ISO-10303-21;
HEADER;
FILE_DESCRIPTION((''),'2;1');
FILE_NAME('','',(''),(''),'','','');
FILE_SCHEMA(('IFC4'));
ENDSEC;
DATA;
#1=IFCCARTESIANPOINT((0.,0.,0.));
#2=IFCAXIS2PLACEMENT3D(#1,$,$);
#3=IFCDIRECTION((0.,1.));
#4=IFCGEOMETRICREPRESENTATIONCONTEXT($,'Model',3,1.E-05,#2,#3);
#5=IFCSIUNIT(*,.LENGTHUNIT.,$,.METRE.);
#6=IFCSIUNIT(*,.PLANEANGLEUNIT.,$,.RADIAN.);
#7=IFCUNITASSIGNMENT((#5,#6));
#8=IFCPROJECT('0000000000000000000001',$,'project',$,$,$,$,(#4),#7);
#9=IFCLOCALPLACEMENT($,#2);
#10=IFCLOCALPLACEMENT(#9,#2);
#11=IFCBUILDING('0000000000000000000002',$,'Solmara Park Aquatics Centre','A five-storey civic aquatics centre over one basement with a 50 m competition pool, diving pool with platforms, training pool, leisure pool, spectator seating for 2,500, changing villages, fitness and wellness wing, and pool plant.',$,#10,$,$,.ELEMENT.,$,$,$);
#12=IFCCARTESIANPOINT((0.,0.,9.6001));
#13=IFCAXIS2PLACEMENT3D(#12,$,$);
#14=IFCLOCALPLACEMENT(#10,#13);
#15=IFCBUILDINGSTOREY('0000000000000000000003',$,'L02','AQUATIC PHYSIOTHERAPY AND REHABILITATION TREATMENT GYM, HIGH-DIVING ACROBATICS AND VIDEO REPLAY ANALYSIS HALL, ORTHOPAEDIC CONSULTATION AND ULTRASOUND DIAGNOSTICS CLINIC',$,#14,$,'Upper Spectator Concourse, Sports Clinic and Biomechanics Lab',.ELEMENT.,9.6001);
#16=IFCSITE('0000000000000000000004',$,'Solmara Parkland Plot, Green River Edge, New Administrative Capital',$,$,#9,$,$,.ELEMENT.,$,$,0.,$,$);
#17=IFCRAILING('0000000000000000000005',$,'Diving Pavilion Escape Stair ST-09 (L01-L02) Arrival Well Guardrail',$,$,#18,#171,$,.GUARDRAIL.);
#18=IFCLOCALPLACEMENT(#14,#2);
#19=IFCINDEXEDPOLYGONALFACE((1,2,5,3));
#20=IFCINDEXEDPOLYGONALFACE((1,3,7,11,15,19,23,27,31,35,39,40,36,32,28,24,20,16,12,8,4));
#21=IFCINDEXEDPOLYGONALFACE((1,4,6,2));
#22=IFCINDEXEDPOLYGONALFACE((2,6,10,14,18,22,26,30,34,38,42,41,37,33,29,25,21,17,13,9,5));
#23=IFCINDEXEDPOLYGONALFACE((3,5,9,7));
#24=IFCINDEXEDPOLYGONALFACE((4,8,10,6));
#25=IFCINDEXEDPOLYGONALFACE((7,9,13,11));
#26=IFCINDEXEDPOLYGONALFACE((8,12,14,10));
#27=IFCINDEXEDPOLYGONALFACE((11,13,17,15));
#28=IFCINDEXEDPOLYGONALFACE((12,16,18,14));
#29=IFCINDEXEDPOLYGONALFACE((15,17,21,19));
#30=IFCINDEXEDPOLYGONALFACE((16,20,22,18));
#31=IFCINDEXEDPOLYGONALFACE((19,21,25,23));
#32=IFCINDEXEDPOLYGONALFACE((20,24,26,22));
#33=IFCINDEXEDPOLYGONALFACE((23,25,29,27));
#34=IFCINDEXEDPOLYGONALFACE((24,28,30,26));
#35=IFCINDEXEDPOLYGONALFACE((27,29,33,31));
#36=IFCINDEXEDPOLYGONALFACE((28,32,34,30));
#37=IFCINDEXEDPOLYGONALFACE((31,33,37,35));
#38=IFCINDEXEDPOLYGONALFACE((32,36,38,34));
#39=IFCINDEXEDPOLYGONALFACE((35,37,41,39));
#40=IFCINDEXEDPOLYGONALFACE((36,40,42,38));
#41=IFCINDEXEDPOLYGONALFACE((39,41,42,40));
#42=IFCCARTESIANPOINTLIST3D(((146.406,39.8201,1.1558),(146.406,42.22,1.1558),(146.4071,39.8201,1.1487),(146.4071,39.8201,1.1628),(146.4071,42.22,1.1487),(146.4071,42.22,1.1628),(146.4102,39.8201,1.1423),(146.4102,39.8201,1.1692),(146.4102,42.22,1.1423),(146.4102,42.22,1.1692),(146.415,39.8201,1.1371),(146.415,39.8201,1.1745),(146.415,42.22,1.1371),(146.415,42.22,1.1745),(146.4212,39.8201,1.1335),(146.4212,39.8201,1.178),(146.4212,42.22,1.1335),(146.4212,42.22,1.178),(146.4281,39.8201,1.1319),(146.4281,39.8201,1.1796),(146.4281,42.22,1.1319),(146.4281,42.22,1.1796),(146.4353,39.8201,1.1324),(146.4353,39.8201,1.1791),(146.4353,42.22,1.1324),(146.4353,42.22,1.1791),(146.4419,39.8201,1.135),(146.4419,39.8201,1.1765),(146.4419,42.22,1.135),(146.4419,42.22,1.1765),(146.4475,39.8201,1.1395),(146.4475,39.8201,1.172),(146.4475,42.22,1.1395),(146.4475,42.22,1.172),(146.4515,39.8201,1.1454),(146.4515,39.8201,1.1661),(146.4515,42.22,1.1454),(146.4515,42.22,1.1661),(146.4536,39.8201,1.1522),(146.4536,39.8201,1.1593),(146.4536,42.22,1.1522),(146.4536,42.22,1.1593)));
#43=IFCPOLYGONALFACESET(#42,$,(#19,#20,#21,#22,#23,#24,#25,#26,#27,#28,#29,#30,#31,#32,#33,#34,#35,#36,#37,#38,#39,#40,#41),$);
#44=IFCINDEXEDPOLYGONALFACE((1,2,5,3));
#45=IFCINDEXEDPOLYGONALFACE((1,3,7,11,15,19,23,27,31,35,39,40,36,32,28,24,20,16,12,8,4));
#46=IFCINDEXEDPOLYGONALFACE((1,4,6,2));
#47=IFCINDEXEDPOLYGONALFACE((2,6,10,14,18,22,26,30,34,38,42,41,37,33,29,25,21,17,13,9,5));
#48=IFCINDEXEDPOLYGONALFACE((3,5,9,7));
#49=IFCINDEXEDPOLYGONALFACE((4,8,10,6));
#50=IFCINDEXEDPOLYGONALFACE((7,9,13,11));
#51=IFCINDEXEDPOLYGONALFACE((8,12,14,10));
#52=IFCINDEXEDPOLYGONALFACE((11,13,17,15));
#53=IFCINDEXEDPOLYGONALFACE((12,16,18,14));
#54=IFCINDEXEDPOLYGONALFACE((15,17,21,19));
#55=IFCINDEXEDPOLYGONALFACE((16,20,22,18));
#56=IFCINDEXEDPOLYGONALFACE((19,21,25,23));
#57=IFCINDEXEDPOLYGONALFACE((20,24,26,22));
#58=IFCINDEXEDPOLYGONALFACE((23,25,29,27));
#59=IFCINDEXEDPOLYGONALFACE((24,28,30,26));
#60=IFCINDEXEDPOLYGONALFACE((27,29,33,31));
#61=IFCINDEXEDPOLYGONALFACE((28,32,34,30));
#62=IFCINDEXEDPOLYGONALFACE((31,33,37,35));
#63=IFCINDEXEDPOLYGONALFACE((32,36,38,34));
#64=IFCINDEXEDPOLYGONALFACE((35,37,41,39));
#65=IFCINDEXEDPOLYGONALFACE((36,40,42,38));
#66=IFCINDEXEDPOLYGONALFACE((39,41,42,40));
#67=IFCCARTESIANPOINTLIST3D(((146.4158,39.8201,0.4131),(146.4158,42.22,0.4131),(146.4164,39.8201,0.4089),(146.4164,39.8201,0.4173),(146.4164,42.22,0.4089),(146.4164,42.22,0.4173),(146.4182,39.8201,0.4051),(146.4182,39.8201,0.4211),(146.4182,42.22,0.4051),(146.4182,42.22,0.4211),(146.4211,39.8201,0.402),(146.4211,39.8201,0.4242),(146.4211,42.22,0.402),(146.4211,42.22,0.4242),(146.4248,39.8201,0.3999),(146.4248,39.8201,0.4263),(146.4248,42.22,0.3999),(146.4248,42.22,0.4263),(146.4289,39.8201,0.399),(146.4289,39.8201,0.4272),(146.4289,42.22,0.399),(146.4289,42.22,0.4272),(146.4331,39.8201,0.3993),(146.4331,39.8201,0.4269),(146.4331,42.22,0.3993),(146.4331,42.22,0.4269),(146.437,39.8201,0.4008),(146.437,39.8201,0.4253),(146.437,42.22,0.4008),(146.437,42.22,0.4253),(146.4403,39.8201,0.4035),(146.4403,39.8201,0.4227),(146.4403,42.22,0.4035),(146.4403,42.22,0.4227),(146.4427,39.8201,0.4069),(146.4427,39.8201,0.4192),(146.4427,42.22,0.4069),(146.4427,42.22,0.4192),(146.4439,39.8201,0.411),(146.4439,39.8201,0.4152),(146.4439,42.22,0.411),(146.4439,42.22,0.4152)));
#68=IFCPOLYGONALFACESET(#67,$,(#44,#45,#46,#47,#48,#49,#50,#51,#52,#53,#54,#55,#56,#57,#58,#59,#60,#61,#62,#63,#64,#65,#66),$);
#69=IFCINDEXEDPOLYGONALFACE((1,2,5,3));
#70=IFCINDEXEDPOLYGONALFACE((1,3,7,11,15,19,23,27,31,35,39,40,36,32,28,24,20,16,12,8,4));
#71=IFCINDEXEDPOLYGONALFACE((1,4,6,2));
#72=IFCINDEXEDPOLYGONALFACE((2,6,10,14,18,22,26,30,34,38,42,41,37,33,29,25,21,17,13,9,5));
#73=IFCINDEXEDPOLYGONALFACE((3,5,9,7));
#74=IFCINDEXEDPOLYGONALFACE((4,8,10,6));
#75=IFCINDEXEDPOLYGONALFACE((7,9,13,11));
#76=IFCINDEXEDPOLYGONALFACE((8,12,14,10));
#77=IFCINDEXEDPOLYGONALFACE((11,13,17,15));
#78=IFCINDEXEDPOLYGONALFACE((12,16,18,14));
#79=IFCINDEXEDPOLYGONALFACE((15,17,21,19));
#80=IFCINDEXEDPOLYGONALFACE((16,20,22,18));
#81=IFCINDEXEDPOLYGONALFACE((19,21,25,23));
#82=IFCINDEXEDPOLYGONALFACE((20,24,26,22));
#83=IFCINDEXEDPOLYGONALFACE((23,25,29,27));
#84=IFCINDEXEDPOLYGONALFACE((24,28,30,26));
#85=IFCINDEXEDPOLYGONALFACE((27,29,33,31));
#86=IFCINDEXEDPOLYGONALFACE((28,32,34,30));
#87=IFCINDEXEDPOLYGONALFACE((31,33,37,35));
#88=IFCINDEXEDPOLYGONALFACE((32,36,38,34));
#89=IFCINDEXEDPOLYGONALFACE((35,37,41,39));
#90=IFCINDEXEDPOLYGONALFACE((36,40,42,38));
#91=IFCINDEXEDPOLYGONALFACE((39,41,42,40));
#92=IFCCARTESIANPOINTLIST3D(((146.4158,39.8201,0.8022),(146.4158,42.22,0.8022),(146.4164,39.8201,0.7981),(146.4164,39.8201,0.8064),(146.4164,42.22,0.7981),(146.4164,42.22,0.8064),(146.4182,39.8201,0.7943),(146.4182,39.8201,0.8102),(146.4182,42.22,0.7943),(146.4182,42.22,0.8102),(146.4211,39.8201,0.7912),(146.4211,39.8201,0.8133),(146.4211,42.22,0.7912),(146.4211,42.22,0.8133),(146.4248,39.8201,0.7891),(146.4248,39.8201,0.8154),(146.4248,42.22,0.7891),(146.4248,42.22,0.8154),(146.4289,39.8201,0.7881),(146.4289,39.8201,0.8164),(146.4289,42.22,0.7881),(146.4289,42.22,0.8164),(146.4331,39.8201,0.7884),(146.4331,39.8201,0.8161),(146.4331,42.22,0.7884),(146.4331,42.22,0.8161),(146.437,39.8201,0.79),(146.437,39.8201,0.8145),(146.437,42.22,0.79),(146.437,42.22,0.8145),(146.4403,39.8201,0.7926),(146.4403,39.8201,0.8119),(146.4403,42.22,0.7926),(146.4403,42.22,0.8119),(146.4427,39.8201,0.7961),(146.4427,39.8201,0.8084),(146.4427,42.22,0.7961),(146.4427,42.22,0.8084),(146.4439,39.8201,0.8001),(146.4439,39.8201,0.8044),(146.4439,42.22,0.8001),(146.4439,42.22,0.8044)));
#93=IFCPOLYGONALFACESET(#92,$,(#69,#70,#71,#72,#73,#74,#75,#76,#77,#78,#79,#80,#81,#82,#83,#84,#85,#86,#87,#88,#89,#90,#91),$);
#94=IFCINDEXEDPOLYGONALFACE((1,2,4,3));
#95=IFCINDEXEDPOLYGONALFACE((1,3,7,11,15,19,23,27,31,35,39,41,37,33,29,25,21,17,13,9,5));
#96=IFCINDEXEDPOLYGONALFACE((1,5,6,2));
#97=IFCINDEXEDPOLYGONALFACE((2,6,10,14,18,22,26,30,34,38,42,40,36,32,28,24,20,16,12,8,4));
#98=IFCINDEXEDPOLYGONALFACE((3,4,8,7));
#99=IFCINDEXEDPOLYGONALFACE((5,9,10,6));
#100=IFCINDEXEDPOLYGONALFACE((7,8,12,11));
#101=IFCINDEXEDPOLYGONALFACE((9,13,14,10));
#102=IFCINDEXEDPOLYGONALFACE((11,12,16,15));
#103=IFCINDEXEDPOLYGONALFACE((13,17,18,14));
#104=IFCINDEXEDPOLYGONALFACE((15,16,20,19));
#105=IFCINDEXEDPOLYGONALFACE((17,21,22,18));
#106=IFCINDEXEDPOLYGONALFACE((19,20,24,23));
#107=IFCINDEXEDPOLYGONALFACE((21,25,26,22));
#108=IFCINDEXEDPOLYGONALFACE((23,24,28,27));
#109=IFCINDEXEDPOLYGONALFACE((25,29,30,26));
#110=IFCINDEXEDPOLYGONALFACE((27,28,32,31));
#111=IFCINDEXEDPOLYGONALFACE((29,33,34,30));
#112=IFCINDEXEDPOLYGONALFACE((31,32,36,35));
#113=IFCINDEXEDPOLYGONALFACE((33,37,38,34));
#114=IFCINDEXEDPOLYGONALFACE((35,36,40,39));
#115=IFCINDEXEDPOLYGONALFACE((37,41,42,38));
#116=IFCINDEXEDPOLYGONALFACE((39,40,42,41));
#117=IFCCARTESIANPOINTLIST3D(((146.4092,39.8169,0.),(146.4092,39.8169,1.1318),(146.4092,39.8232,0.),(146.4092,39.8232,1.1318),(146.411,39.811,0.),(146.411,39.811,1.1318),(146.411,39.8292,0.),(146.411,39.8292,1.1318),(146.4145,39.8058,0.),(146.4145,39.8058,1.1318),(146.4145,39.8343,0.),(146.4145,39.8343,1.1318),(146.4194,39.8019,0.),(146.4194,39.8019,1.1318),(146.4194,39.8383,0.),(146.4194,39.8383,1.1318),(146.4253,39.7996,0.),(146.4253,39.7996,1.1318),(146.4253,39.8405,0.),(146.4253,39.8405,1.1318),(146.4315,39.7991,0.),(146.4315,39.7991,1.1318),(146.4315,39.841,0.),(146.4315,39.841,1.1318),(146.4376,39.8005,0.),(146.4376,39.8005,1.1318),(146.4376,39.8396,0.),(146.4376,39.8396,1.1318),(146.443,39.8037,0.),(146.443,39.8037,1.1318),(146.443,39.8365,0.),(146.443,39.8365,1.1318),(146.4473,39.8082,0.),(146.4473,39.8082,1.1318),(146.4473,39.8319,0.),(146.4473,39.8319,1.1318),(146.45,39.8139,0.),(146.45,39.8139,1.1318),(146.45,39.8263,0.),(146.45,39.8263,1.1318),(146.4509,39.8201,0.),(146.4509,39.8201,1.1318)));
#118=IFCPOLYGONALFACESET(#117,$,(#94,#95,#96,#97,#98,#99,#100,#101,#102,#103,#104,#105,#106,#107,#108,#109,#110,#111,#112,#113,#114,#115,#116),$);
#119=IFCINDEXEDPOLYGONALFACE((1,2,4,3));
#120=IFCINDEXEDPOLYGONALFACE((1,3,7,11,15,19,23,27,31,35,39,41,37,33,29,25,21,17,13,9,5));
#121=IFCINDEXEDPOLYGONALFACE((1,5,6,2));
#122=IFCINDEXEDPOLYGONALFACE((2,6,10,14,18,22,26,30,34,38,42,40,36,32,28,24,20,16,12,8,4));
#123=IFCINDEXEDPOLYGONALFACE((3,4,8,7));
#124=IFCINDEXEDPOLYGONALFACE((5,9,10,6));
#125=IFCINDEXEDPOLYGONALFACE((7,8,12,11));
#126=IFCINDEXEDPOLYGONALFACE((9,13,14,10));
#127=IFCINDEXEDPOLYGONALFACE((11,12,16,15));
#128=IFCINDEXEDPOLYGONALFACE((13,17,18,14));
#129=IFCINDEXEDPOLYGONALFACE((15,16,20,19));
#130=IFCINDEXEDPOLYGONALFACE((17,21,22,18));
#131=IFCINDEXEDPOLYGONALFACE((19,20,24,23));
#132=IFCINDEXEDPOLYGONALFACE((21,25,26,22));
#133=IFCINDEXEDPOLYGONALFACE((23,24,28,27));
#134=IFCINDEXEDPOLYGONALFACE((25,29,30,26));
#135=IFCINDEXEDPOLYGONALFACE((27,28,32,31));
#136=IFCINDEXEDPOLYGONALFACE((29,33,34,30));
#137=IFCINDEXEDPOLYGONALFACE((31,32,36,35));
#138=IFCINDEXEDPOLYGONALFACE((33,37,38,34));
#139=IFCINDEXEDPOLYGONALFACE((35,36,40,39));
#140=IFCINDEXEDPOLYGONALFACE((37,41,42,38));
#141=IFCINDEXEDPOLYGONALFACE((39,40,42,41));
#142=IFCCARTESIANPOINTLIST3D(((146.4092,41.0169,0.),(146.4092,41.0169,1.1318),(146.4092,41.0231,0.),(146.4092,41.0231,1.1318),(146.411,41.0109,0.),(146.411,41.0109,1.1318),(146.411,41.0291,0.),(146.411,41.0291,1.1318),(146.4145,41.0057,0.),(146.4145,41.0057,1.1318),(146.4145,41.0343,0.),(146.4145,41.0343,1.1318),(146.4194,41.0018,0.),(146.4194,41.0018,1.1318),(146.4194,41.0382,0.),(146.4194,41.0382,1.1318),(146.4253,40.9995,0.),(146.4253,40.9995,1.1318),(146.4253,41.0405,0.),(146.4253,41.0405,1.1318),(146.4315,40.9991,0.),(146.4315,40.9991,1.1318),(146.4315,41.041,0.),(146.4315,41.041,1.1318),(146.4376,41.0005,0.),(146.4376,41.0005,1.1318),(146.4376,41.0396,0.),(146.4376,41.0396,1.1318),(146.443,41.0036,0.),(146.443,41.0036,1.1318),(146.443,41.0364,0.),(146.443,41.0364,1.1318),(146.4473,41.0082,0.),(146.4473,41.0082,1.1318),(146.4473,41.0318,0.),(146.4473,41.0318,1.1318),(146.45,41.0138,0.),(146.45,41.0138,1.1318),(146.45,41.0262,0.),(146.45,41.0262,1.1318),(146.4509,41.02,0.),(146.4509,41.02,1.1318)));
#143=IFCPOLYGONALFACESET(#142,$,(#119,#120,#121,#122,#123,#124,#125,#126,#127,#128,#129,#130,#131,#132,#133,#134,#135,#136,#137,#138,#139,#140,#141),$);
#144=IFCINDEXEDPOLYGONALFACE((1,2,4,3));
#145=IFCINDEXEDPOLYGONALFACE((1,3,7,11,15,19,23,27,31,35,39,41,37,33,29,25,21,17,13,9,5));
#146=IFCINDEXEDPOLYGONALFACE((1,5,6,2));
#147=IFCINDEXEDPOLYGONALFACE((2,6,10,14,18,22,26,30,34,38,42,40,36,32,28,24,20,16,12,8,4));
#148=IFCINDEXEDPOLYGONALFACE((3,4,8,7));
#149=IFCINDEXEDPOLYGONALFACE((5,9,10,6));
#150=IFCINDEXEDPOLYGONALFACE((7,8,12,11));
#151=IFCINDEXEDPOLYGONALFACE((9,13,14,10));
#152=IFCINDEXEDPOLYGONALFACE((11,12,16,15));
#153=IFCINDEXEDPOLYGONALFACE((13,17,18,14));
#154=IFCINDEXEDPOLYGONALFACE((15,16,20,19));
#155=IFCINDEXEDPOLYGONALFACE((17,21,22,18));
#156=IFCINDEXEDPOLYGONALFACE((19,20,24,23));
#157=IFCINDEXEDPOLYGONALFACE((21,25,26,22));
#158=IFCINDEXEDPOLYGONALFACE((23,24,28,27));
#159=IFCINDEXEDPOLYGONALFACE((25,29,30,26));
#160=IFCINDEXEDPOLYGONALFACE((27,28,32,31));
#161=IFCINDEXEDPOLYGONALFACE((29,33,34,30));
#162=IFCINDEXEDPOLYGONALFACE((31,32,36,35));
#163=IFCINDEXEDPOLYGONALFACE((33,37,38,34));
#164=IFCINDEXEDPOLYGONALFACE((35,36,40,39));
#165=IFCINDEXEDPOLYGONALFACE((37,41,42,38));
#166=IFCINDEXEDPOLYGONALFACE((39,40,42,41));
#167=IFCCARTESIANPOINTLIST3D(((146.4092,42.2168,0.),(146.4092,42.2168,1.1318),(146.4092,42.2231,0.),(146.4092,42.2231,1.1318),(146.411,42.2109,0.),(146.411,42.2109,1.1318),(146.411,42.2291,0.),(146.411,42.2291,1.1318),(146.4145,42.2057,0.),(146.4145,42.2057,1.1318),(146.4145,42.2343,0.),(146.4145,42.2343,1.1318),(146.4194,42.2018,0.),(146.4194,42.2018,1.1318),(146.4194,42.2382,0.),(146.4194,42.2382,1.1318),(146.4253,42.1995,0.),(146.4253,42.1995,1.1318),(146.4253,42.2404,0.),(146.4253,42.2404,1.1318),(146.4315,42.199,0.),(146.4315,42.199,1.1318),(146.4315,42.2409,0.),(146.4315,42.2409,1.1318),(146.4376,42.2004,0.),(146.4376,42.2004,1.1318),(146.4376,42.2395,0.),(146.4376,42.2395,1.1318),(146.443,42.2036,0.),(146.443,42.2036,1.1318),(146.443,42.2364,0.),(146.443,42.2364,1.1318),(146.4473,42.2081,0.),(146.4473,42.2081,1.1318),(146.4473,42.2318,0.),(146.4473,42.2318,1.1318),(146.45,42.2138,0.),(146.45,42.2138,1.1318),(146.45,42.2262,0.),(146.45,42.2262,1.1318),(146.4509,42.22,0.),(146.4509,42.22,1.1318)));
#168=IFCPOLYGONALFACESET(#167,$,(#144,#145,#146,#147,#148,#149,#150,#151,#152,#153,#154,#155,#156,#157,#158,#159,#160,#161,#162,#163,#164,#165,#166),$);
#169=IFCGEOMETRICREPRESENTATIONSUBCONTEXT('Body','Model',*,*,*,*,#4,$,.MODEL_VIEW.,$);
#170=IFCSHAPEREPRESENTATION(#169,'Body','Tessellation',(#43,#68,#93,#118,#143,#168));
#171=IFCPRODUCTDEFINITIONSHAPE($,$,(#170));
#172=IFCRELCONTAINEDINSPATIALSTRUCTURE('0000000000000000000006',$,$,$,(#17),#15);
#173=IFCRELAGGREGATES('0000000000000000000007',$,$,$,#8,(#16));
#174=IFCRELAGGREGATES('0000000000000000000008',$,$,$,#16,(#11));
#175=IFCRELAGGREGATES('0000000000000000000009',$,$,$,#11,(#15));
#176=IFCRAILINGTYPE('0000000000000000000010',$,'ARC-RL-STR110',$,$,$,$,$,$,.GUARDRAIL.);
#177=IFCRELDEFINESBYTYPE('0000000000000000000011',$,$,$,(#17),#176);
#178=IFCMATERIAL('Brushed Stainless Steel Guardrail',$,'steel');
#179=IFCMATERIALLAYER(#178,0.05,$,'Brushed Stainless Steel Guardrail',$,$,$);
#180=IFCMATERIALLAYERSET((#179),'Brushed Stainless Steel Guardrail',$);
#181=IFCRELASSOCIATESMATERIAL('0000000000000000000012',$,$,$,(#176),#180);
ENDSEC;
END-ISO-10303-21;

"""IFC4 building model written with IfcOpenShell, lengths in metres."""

from ifc_helpers import new_model, si_unit, direction, frame, origin, origin_2d, place, context, subcontext, project, spatial, circle, extrude, material, layer, layer_set, type_object, element, save


model = new_model("IFC4")

# Units and contexts
model_context = context("Model", 3, precision=1e-05, world=origin(), true_north=direction((0.0, 1.0)))
body_context = subcontext(model_context, "Body", "Model", "MODEL_VIEW")
ifc_project = project(units=[si_unit("LENGTHUNIT", "METRE"), si_unit("PLANEANGLEUNIT", "RADIAN")], contexts=[model_context])

# Site, building, storey
site_placement = place(None, origin())
site = spatial("IfcSite", under=ifc_project, at=site_placement, Name="Solmara Parkland Plot, Green River Edge, New Administrative Capital", CompositionType="ELEMENT", RefElevation=0.0)
building_placement = place(site_placement, origin())
building = spatial("IfcBuilding", under=site, at=building_placement, Name="Solmara Park Aquatics Centre", Description="A five-storey civic aquatics centre over one basement with a 50 m competition pool, diving pool with platforms, training pool, leisure pool, spectator seating for 2,500, changing villages, fitness and wellness wing, and pool plant.", CompositionType="ELEMENT")
storey_placement = place(building_placement, frame((0.0, 0.0, 9.6001)))
storey = spatial("IfcBuildingStorey", under=building, at=storey_placement, Name="L02", Description="AQUATIC PHYSIOTHERAPY AND REHABILITATION TREATMENT GYM, HIGH-DIVING ACROBATICS AND VIDEO REPLAY ANALYSIS HALL, ORTHOPAEDIC CONSULTATION AND ULTRASOUND DIAGNOSTICS CLINIC", LongName="Upper Spectator Concourse, Sports Clinic and Biomechanics Lab", CompositionType="ELEMENT", Elevation=9.6001)

# Railing
ifc_material_1 = material(Name="Brushed Stainless Steel Guardrail", Category="steel")
ifc_layer_1 = layer(ifc_material_1, 0.05, Name="Brushed Stainless Steel Guardrail")
ifc_layer_set_1 = layer_set([ifc_layer_1], Name="Brushed Stainless Steel Guardrail")
railing_type_1 = type_object("IfcRailingType", Name="ARC-RL-STR110", PredefinedType="GUARDRAIL", material=ifc_layer_set_1)
railing_1_placement = place(storey_placement, frame((146.4299, 39.8201, 0.0)))
element("IfcRailing", 1, at=railing_1_placement, inside=storey, type_object=railing_type_1, Name="Diving Pavilion Escape Stair ST-09 (L01-L02) Arrival Well Guardrail", PredefinedType="GUARDRAIL", context=body_context, shape_type="SweptSolid", body=[
    extrude(circle(Radius=0.0239, at=origin_2d()), frame((0.0, 0.0, 1.1558), z_axis=(0.0, 1.0, 0.0), x_axis=(-1.0, 0.0, 0.0)), (0.0, 0.0, 1.0), 2.3999),
    extrude(circle(Radius=0.0142, at=origin_2d()), frame((0.0, 0.0, 0.4131), z_axis=(0.0, 1.0, 0.0), x_axis=(-1.0, 0.0, 0.0)), (0.0, 0.0, 1.0), 2.3999),
    extrude(circle(Radius=0.0142, at=origin_2d()), frame((0.0, 0.0, 0.8022), z_axis=(0.0, 1.0, 0.0), x_axis=(-1.0, 0.0, 0.0)), (0.0, 0.0, 1.0), 2.3999),
    extrude(circle(Radius=0.021, at=origin_2d()), origin(), (0.0, 0.0, 1.0), 1.1318),
    extrude(circle(Radius=0.021, at=origin_2d()), frame((0.0, 1.2, 0.0)), (0.0, 0.0, 1.0), 1.1318),
    extrude(circle(Radius=0.021, at=origin_2d()), frame((0.0, 2.3999, 0.0)), (0.0, 0.0, 1.0), 1.1318),
])

save(model, "model.ifc")
